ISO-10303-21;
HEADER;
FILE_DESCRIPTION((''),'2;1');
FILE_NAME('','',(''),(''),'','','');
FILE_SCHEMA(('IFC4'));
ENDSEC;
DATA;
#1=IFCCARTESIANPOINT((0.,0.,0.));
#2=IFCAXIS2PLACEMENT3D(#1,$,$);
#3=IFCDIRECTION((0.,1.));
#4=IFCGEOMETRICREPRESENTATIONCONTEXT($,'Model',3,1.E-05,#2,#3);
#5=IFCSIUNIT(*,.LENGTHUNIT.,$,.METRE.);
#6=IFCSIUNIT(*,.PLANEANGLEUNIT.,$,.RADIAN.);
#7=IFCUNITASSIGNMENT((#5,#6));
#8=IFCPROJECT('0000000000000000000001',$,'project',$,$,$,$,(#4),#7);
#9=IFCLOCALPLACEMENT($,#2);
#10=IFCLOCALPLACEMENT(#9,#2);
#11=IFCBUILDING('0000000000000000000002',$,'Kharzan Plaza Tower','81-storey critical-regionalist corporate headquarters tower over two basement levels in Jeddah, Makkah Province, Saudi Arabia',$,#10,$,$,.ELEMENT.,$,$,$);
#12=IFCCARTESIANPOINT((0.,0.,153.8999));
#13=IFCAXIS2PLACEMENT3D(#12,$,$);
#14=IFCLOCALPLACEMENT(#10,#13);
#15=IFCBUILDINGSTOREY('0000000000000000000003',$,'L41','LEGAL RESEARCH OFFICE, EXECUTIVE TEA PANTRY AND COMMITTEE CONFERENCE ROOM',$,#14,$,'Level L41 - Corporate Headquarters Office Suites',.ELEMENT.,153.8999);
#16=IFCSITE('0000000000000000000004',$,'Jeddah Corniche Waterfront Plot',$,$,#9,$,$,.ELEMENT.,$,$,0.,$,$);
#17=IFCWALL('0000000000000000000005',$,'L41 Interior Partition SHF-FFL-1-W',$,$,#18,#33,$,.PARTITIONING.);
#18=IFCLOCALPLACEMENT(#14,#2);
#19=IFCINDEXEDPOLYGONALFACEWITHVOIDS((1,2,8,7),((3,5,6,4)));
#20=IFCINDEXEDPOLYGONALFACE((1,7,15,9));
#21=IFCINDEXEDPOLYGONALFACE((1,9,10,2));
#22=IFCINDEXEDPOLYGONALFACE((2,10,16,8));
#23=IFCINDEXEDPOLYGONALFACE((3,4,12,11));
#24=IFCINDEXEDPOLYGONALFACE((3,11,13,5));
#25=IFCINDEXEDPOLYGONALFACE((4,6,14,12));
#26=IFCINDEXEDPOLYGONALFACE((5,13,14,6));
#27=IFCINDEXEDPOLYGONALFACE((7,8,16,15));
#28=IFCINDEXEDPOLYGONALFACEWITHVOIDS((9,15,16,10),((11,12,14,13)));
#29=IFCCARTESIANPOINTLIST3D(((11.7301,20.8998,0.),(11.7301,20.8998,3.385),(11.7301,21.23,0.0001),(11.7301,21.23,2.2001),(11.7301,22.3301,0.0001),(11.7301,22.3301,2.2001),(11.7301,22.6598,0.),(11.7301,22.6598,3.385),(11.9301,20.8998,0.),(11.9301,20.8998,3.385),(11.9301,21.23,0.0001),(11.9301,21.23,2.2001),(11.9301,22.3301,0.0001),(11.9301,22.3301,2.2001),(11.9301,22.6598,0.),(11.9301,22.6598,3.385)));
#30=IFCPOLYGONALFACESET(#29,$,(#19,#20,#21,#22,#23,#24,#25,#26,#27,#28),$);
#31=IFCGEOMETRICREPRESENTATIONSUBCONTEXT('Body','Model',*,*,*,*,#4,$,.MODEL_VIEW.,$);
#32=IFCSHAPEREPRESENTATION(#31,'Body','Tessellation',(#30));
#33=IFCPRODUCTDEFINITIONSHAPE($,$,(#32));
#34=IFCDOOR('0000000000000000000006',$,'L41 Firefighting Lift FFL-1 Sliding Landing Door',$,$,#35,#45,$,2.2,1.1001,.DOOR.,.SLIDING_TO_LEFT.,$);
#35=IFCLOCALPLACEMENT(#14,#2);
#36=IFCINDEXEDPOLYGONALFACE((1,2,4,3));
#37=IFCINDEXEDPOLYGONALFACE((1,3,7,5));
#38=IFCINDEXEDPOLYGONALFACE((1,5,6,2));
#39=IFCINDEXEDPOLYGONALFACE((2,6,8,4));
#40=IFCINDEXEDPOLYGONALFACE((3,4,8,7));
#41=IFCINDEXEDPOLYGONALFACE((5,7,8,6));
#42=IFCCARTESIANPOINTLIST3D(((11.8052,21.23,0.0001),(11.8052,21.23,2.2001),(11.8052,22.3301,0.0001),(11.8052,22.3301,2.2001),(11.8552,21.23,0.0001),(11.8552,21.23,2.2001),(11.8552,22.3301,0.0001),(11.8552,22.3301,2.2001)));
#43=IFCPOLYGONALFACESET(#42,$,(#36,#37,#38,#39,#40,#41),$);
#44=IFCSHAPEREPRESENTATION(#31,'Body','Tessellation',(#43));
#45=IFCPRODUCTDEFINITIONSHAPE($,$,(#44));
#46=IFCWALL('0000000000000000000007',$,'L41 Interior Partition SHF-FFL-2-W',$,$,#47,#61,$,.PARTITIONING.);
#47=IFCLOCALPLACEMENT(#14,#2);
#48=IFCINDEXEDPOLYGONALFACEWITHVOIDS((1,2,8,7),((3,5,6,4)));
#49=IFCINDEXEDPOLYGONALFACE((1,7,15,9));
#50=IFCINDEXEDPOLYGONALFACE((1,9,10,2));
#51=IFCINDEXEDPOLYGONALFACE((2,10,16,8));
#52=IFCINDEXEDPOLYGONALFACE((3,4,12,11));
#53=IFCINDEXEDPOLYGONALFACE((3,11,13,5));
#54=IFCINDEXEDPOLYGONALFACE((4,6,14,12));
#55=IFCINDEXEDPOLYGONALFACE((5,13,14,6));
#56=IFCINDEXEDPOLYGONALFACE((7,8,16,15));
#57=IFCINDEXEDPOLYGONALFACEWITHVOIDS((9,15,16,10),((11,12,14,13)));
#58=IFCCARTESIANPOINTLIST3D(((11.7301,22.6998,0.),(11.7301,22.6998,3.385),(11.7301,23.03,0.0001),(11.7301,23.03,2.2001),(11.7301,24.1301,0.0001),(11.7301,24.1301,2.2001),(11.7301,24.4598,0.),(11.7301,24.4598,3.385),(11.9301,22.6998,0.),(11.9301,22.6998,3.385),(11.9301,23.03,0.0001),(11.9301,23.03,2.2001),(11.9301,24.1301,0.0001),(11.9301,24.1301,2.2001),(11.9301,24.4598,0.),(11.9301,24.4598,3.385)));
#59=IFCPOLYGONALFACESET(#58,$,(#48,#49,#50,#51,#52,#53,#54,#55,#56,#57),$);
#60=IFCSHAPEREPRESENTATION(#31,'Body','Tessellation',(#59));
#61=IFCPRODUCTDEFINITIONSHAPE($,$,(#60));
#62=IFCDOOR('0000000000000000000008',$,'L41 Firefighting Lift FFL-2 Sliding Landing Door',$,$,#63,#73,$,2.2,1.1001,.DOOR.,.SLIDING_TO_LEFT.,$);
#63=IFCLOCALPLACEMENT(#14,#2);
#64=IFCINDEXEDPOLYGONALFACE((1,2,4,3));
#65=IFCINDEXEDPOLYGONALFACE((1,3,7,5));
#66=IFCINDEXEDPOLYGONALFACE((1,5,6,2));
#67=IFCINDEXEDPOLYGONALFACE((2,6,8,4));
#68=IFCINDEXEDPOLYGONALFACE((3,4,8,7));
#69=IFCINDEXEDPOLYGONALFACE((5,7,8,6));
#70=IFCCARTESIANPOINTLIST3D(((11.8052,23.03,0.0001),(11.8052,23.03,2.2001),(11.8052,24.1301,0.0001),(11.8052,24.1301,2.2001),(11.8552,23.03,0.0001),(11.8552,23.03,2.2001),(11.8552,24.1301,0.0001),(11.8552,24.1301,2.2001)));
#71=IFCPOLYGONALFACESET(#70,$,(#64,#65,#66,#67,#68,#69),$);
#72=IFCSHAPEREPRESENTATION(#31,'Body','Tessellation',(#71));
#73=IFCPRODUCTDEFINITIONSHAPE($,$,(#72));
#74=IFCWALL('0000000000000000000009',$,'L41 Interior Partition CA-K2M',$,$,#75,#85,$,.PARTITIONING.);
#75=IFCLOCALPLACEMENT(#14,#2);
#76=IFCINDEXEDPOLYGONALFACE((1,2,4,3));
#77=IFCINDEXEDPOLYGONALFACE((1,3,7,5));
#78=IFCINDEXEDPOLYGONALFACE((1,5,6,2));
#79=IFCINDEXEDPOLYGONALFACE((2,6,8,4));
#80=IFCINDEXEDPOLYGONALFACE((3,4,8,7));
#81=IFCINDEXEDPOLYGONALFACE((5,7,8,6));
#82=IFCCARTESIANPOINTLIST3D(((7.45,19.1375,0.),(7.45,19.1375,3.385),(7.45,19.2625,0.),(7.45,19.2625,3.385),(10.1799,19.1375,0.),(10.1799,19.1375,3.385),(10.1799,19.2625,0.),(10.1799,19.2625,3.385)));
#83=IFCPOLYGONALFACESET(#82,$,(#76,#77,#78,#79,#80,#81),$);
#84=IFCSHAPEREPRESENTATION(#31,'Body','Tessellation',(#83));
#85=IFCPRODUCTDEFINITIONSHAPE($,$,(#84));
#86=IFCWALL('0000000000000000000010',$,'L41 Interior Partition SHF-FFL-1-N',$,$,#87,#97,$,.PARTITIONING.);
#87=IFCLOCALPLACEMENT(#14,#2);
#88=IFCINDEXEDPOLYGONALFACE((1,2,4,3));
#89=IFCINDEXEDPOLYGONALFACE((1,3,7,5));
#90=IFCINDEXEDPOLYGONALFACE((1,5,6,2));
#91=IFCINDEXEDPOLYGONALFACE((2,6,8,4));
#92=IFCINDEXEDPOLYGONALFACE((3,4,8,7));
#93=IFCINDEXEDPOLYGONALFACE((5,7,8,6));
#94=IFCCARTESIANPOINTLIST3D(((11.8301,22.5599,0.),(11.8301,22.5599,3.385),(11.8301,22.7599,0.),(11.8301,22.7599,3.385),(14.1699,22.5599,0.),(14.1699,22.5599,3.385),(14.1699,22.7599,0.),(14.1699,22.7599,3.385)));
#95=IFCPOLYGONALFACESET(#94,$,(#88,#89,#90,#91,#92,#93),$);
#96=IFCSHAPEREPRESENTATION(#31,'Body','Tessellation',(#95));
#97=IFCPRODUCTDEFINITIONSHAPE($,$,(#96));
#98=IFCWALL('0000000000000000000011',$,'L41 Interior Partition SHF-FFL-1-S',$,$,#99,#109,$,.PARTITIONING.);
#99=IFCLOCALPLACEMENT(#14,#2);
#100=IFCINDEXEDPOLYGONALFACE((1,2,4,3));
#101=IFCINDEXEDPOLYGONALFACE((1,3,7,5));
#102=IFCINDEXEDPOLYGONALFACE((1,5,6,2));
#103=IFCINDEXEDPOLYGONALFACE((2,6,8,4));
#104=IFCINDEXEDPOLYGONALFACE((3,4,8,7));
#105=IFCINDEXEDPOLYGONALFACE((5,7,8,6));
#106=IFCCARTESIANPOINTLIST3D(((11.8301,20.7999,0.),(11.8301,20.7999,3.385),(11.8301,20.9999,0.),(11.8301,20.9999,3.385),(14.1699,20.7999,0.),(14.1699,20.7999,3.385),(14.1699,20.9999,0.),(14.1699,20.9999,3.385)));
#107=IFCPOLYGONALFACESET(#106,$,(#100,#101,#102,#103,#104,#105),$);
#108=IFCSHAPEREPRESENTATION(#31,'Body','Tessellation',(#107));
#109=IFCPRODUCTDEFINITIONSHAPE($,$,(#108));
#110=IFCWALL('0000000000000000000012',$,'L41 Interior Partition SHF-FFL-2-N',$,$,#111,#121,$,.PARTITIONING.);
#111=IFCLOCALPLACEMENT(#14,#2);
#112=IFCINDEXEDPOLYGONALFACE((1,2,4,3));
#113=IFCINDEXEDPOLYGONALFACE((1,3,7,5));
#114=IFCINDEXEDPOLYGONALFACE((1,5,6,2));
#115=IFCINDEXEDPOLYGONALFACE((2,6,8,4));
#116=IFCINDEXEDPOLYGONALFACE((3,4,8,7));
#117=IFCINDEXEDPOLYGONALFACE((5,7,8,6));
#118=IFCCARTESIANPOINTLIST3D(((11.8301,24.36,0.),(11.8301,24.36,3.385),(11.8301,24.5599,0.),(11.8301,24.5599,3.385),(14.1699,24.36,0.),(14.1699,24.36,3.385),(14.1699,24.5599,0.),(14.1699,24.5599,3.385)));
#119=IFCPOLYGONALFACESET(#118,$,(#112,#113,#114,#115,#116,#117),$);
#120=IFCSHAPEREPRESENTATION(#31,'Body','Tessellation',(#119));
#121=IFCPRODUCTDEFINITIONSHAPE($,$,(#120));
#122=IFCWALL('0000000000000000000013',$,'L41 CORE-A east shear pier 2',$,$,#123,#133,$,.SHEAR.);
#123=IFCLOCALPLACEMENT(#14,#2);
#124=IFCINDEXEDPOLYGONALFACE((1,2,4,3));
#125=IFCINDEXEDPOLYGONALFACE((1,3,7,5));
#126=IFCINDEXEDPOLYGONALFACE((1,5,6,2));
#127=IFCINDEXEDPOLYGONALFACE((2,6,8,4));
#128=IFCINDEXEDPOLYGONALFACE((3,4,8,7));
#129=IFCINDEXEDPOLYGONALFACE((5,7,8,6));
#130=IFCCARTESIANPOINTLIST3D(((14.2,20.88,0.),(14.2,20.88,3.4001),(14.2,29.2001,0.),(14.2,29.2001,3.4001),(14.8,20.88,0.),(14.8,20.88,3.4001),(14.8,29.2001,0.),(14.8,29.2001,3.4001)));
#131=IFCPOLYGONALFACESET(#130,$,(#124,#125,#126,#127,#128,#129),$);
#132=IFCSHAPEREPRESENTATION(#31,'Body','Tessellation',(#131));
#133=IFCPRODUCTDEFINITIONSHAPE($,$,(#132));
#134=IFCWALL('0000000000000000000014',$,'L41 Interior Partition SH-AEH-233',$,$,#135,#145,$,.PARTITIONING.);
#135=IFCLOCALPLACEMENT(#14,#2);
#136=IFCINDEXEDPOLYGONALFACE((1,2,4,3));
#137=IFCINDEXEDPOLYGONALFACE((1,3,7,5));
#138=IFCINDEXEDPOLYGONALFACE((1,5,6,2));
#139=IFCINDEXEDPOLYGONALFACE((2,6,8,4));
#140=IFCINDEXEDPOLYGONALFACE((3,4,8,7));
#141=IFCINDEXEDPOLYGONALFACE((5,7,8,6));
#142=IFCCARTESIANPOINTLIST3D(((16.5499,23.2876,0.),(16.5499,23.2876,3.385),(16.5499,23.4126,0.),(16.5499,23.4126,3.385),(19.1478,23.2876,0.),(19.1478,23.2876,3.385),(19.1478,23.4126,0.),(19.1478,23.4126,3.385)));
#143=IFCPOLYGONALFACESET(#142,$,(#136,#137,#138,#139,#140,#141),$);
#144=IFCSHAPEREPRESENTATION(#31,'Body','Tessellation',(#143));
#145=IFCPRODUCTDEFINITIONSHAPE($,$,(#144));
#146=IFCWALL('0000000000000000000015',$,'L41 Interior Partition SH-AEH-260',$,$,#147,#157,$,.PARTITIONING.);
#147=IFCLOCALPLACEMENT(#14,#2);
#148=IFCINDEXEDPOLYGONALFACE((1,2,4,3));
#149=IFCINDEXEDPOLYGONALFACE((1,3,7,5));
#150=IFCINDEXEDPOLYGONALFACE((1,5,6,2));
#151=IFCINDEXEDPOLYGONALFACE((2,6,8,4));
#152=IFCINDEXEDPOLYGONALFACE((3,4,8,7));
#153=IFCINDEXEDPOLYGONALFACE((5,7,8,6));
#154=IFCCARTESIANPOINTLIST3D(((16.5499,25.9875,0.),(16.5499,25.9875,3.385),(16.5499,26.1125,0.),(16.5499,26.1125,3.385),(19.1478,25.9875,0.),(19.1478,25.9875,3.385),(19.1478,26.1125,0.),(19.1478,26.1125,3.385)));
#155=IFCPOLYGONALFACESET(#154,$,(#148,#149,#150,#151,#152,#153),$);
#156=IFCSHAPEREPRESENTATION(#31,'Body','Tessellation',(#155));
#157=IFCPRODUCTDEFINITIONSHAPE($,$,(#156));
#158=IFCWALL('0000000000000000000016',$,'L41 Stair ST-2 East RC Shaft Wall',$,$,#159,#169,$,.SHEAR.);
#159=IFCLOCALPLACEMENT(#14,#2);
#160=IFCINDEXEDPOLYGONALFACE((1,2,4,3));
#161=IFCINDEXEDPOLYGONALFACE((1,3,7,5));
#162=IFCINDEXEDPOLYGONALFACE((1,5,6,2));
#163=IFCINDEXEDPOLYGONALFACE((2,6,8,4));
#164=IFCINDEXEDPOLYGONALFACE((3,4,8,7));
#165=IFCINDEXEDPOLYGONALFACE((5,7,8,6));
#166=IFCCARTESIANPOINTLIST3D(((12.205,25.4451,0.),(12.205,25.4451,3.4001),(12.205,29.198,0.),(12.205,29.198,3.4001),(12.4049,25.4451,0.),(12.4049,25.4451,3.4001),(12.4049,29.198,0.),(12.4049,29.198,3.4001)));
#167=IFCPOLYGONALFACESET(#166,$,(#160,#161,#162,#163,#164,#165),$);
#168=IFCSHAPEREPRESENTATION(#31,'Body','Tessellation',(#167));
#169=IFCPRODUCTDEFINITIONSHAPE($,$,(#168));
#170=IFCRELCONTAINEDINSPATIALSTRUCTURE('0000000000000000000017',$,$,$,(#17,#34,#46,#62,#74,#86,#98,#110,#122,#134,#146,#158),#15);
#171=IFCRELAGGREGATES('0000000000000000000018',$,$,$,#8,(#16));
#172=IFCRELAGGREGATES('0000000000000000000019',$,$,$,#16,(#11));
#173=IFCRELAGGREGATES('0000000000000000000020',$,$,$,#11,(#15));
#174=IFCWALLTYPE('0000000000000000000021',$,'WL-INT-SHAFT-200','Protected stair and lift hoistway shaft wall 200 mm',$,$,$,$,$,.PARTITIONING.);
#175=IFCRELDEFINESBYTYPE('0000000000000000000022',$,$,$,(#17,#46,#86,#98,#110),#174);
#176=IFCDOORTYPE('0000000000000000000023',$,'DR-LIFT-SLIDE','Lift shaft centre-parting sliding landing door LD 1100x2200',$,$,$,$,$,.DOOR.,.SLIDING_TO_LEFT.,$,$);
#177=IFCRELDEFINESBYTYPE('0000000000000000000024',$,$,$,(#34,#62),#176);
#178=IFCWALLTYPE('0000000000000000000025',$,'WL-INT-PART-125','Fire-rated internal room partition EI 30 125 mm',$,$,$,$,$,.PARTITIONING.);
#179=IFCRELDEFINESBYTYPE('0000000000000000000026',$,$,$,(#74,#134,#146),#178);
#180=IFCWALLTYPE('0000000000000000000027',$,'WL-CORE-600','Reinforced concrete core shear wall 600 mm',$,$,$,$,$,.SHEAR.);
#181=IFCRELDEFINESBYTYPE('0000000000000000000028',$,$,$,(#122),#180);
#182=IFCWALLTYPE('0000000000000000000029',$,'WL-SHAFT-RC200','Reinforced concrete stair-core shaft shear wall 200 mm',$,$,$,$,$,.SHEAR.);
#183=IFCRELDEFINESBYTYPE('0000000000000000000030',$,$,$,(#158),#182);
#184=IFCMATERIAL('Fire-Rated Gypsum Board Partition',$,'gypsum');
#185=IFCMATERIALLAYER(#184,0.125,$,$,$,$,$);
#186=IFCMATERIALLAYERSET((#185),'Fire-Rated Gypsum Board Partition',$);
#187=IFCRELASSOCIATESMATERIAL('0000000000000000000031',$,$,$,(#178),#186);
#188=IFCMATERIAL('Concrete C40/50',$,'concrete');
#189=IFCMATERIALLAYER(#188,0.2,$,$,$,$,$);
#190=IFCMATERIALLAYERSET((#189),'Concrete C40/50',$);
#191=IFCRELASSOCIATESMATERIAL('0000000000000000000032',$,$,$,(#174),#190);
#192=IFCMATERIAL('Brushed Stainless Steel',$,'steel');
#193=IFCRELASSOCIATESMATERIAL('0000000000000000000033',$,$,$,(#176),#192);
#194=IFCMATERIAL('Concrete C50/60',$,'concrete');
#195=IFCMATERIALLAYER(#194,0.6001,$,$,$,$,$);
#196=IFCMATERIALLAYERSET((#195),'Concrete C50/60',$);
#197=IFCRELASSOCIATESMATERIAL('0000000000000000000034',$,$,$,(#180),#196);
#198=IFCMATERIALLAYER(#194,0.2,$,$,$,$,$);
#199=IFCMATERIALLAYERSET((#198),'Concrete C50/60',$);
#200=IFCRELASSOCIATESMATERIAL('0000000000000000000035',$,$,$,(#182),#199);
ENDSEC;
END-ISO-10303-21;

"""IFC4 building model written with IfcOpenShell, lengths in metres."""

from ifc_helpers import new_model, si_unit, direction, frame, frame_2d, origin, place, context, subcontext, project, spatial, rectangle, extrude, source, transform, mapped, material, layer, layer_set, type_object, element, fill, save


model = new_model("IFC4")

# Units and contexts
model_context = context("Model", 3, precision=1e-05, world=origin(), true_north=direction((0.0, 1.0)))
body_context = subcontext(model_context, "Body", "Model", "MODEL_VIEW")
ifc_project = project(units=[si_unit("LENGTHUNIT", "METRE"), si_unit("PLANEANGLEUNIT", "RADIAN")], contexts=[model_context])

# Site, building, storey
site_placement = place(None, origin())
site = spatial("IfcSite", under=ifc_project, at=site_placement, Name="Jeddah Corniche Waterfront Plot", CompositionType="ELEMENT", RefElevation=0.0)
building_placement = place(site_placement, origin())
building = spatial("IfcBuilding", under=site, at=building_placement, Name="Kharzan Plaza Tower", Description="81-storey critical-regionalist corporate headquarters tower over two basement levels in Jeddah, Makkah Province, Saudi Arabia", CompositionType="ELEMENT")
storey_placement = place(building_placement, frame((0.0, 0.0, 153.8999)))
storey = spatial("IfcBuildingStorey", under=building, at=storey_placement, Name="L41", Description="LEGAL RESEARCH OFFICE, EXECUTIVE TEA PANTRY AND COMMITTEE CONFERENCE ROOM", LongName="Level L41 - Corporate Headquarters Office Suites", CompositionType="ELEMENT", Elevation=153.8999)

# Walls, openings, doors
ifc_material_1 = material(Name="Fire-Rated Gypsum Board Partition", Category="gypsum")
ifc_layer_1 = layer(ifc_material_1, 0.125)
ifc_layer_set_1 = layer_set([ifc_layer_1], Name="Fire-Rated Gypsum Board Partition")
wall_type_1 = type_object("IfcWallType", Name="WL-INT-PART-125", Description="Fire-rated internal room partition EI 30 125 mm", PredefinedType="PARTITIONING", material=ifc_layer_set_1)
ifc_material_2 = material(Name="Concrete C40/50", Category="concrete")
ifc_layer_2 = layer(ifc_material_2, 0.2)
ifc_layer_set_2 = layer_set([ifc_layer_2], Name="Concrete C40/50")
wall_type_2 = type_object("IfcWallType", Name="WL-INT-SHAFT-200", Description="Protected stair and lift hoistway shaft wall 200 mm", PredefinedType="PARTITIONING", material=ifc_layer_set_2)
wall_1_placement = place(storey_placement, frame((11.8301, 20.8999, 0.0), z_axis=(0.0, 0.0, 1.0), x_axis=(0.0, 1.0, 0.0)))
wall_1 = element("IfcWall", 1, at=wall_1_placement, inside=storey, type_object=wall_type_2, Name="L41 Interior Partition SHF-FFL-1-W", PredefinedType="PARTITIONING", context=body_context, shape_type="SweptSolid", body=[
    extrude(rectangle(XDim=1.76, YDim=0.2, at=frame_2d((0.8799, 0.0))), origin(), (0.0, 0.0, 1.0), 3.385),
])
opening_1_placement = place(wall_1_placement, frame((0.3301, 0.0, 0.0)))
opening_1 = element("IfcOpeningElement", 2, at=opening_1_placement, cuts=wall_1, PredefinedType="OPENING", context=body_context, shape_type="SweptSolid", body=[
    extrude(rectangle(XDim=1.1001, YDim=2.2, at=frame_2d((0.55, 1.1001))), frame((0.0, 0.1099, 0.0), z_axis=(0.0, -1.0, 0.0), x_axis=(1.0, 0.0, 0.0)), (0.0, 0.0, 1.0), 0.22),
])
ifc_material_3 = material(Name="Brushed Stainless Steel", Category="steel")
door_type_1 = type_object("IfcDoorType", Name="DR-LIFT-SLIDE", Description="Lift shaft centre-parting sliding landing door LD 1100x2200", OperationType="SLIDING_TO_LEFT", PredefinedType="DOOR", material=ifc_material_3)
shared_shape_1 = source(origin(), body_context, "Body", "SweptSolid", [
    extrude(rectangle(XDim=1.1001, YDim=2.2, at=frame_2d((0.55, 1.1001))), frame((0.0, 0.0249, 0.0), z_axis=(0.0, -1.0, 0.0), x_axis=(1.0, 0.0, 0.0)), (0.0, 0.0, 1.0), 0.05),
])
door_1_placement = place(opening_1_placement, origin())
door_1 = element("IfcDoor", 3, at=door_1_placement, inside=storey, type_object=door_type_1, Name="L41 Firefighting Lift FFL-1 Sliding Landing Door", OperationType="SLIDING_TO_LEFT", OverallHeight=2.2, OverallWidth=1.1001, PredefinedType="DOOR", context=body_context, shape_type="MappedRepresentation", body=[
    mapped(shared_shape_1, transform((0.0, 0.0, 0.0), x_axis=(1.0, 0.0, 0.0), y_axis=(0.0, 1.0, 0.0), z_axis=(0.0, 0.0, 1.0))),
])
fill(opening_1, door_1)
wall_2_placement = place(storey_placement, frame((11.8301, 22.7, 0.0), z_axis=(0.0, 0.0, 1.0), x_axis=(0.0, 1.0, 0.0)))
wall_2 = element("IfcWall", 4, at=wall_2_placement, inside=storey, type_object=wall_type_2, Name="L41 Interior Partition SHF-FFL-2-W", PredefinedType="PARTITIONING", context=body_context, shape_type="SweptSolid", body=[
    extrude(rectangle(XDim=1.76, YDim=0.2, at=frame_2d((0.8799, 0.0))), origin(), (0.0, 0.0, 1.0), 3.385),
])
opening_2_placement = place(wall_2_placement, frame((0.3301, 0.0, 0.0)))
opening_2 = element("IfcOpeningElement", 5, at=opening_2_placement, cuts=wall_2, PredefinedType="OPENING", context=body_context, shape_type="SweptSolid", body=[
    extrude(rectangle(XDim=1.1001, YDim=2.2, at=frame_2d((0.55, 1.1001))), frame((0.0, 0.1099, 0.0), z_axis=(0.0, -1.0, 0.0), x_axis=(1.0, 0.0, 0.0)), (0.0, 0.0, 1.0), 0.22),
])
door_2_placement = place(opening_2_placement, origin())
door_2 = element("IfcDoor", 6, at=door_2_placement, inside=storey, type_object=door_type_1, Name="L41 Firefighting Lift FFL-2 Sliding Landing Door", OperationType="SLIDING_TO_LEFT", OverallHeight=2.2, OverallWidth=1.1001, PredefinedType="DOOR", context=body_context, shape_type="MappedRepresentation", body=[
    mapped(shared_shape_1, transform((0.0, 0.0, 0.0), x_axis=(1.0, 0.0, 0.0), y_axis=(0.0, 1.0, 0.0), z_axis=(0.0, 0.0, 1.0))),
])
fill(opening_2, door_2)

# Walls
shared_shape_2 = source(origin(), body_context, "Body", "SweptSolid", [
    extrude(rectangle(XDim=2.73, YDim=0.125, at=frame_2d((1.365, 0.0))), origin(), (0.0, 0.0, 1.0), 3.385),
])
wall_3_placement = place(storey_placement, frame((7.45, 19.2, 0.0), z_axis=(0.0, 0.0, 1.0), x_axis=(1.0, 0.0, 0.0)))
element("IfcWall", 7, at=wall_3_placement, inside=storey, type_object=wall_type_1, Name="L41 Interior Partition CA-K2M", PredefinedType="PARTITIONING", context=body_context, shape_type="MappedRepresentation", body=[
    mapped(shared_shape_2, transform((0.0, 0.0, 0.0), x_axis=(1.0, 0.0, 0.0), y_axis=(0.0, 1.0, 0.0), z_axis=(0.0, 0.0, 1.0))),
])
shared_shape_3 = source(origin(), body_context, "Body", "SweptSolid", [
    extrude(rectangle(XDim=2.3398, YDim=0.2, at=frame_2d((1.1699, 0.0))), origin(), (0.0, 0.0, 1.0), 3.385),
])
for number, where, z_axis, x_axis, name in (
    (8, (11.8301, 22.6599, 0.0), (0.0, 0.0, 1.0), (1.0, 0.0, 0.0), "L41 Interior Partition SHF-FFL-1-N"),
    (9, (11.8301, 20.8999, 0.0), (0.0, 0.0, 1.0), (1.0, 0.0, 0.0), "L41 Interior Partition SHF-FFL-1-S"),
    (10, (11.8301, 24.46, 0.0), (0.0, 0.0, 1.0), (1.0, 0.0, 0.0), "L41 Interior Partition SHF-FFL-2-N"),
):
    element("IfcWall", number, at=place(storey_placement, frame(where, z_axis=z_axis, x_axis=x_axis)), inside=storey, type_object=wall_type_2, Name=name, PredefinedType="PARTITIONING", context=body_context, shape_type="MappedRepresentation", body=[
        mapped(shared_shape_3, transform((0.0, 0.0, 0.0), x_axis=(1.0, 0.0, 0.0), y_axis=(0.0, 1.0, 0.0), z_axis=(0.0, 0.0, 1.0))),
    ])
ifc_material_4 = material(Name="Concrete C50/60", Category="concrete")
ifc_layer_3 = layer(ifc_material_4, 0.6001)
ifc_layer_set_3 = layer_set([ifc_layer_3], Name="Concrete C50/60")
wall_type_3 = type_object("IfcWallType", Name="WL-CORE-600", Description="Reinforced concrete core shear wall 600 mm", PredefinedType="SHEAR", material=ifc_layer_set_3)
shared_shape_4 = source(origin(), body_context, "Body", "SweptSolid", [
    extrude(rectangle(XDim=8.3201, YDim=0.6001, at=frame_2d((4.1602, 0.0))), origin(), (0.0, 0.0, 1.0), 3.4001),
])
wall_4_placement = place(storey_placement, frame((14.5, 20.8799, 0.0), z_axis=(0.0, 0.0, 1.0), x_axis=(0.0, 1.0, 0.0)))
element("IfcWall", 11, at=wall_4_placement, inside=storey, type_object=wall_type_3, Name="L41 CORE-A east shear pier 2", PredefinedType="SHEAR", context=body_context, shape_type="MappedRepresentation", body=[
    mapped(shared_shape_4, transform((0.0, 0.0, 0.0), x_axis=(1.0, 0.0, 0.0), y_axis=(0.0, 1.0, 0.0), z_axis=(0.0, 0.0, 1.0))),
])
shared_shape_5 = source(origin(), body_context, "Body", "SweptSolid", [
    extrude(rectangle(XDim=2.5979, YDim=0.125, at=frame_2d((1.2988, 0.0))), origin(), (0.0, 0.0, 1.0), 3.385),
])
for number, where, z_axis, x_axis, name in (
    (12, (16.55, 23.3501, 0.0), (0.0, 0.0, 1.0), (1.0, 0.0, 0.0), "L41 Interior Partition SH-AEH-233"),
    (13, (16.55, 26.05, 0.0), (0.0, 0.0, 1.0), (1.0, 0.0, 0.0), "L41 Interior Partition SH-AEH-260"),
):
    element("IfcWall", number, at=place(storey_placement, frame(where, z_axis=z_axis, x_axis=x_axis)), inside=storey, type_object=wall_type_1, Name=name, PredefinedType="PARTITIONING", context=body_context, shape_type="MappedRepresentation", body=[
        mapped(shared_shape_5, transform((0.0, 0.0, 0.0), x_axis=(1.0, 0.0, 0.0), y_axis=(0.0, 1.0, 0.0), z_axis=(0.0, 0.0, 1.0))),
    ])
ifc_layer_4 = layer(ifc_material_4, 0.2)
ifc_layer_set_4 = layer_set([ifc_layer_4], Name="Concrete C50/60")
wall_type_4 = type_object("IfcWallType", Name="WL-SHAFT-RC200", Description="Reinforced concrete stair-core shaft shear wall 200 mm", PredefinedType="SHEAR", material=ifc_layer_set_4)
shared_shape_6 = source(origin(), body_context, "Body", "SweptSolid", [
    extrude(rectangle(XDim=3.7529, YDim=0.2, at=frame_2d((1.8765, 0.0))), origin(), (0.0, 0.0, 1.0), 3.4001),
])
wall_5_placement = place(storey_placement, frame((12.3049, 25.4451, 0.0), z_axis=(0.0, 0.0, 1.0), x_axis=(0.0, 1.0, 0.0)))
element("IfcWall", 14, at=wall_5_placement, inside=storey, type_object=wall_type_4, Name="L41 Stair ST-2 East RC Shaft Wall", PredefinedType="SHEAR", context=body_context, shape_type="MappedRepresentation", body=[
    mapped(shared_shape_6, transform((0.0, 0.0, 0.0), x_axis=(1.0, 0.0, 0.0), y_axis=(0.0, 1.0, 0.0), z_axis=(0.0, 0.0, 1.0))),
])

save(model, "model.ifc")
